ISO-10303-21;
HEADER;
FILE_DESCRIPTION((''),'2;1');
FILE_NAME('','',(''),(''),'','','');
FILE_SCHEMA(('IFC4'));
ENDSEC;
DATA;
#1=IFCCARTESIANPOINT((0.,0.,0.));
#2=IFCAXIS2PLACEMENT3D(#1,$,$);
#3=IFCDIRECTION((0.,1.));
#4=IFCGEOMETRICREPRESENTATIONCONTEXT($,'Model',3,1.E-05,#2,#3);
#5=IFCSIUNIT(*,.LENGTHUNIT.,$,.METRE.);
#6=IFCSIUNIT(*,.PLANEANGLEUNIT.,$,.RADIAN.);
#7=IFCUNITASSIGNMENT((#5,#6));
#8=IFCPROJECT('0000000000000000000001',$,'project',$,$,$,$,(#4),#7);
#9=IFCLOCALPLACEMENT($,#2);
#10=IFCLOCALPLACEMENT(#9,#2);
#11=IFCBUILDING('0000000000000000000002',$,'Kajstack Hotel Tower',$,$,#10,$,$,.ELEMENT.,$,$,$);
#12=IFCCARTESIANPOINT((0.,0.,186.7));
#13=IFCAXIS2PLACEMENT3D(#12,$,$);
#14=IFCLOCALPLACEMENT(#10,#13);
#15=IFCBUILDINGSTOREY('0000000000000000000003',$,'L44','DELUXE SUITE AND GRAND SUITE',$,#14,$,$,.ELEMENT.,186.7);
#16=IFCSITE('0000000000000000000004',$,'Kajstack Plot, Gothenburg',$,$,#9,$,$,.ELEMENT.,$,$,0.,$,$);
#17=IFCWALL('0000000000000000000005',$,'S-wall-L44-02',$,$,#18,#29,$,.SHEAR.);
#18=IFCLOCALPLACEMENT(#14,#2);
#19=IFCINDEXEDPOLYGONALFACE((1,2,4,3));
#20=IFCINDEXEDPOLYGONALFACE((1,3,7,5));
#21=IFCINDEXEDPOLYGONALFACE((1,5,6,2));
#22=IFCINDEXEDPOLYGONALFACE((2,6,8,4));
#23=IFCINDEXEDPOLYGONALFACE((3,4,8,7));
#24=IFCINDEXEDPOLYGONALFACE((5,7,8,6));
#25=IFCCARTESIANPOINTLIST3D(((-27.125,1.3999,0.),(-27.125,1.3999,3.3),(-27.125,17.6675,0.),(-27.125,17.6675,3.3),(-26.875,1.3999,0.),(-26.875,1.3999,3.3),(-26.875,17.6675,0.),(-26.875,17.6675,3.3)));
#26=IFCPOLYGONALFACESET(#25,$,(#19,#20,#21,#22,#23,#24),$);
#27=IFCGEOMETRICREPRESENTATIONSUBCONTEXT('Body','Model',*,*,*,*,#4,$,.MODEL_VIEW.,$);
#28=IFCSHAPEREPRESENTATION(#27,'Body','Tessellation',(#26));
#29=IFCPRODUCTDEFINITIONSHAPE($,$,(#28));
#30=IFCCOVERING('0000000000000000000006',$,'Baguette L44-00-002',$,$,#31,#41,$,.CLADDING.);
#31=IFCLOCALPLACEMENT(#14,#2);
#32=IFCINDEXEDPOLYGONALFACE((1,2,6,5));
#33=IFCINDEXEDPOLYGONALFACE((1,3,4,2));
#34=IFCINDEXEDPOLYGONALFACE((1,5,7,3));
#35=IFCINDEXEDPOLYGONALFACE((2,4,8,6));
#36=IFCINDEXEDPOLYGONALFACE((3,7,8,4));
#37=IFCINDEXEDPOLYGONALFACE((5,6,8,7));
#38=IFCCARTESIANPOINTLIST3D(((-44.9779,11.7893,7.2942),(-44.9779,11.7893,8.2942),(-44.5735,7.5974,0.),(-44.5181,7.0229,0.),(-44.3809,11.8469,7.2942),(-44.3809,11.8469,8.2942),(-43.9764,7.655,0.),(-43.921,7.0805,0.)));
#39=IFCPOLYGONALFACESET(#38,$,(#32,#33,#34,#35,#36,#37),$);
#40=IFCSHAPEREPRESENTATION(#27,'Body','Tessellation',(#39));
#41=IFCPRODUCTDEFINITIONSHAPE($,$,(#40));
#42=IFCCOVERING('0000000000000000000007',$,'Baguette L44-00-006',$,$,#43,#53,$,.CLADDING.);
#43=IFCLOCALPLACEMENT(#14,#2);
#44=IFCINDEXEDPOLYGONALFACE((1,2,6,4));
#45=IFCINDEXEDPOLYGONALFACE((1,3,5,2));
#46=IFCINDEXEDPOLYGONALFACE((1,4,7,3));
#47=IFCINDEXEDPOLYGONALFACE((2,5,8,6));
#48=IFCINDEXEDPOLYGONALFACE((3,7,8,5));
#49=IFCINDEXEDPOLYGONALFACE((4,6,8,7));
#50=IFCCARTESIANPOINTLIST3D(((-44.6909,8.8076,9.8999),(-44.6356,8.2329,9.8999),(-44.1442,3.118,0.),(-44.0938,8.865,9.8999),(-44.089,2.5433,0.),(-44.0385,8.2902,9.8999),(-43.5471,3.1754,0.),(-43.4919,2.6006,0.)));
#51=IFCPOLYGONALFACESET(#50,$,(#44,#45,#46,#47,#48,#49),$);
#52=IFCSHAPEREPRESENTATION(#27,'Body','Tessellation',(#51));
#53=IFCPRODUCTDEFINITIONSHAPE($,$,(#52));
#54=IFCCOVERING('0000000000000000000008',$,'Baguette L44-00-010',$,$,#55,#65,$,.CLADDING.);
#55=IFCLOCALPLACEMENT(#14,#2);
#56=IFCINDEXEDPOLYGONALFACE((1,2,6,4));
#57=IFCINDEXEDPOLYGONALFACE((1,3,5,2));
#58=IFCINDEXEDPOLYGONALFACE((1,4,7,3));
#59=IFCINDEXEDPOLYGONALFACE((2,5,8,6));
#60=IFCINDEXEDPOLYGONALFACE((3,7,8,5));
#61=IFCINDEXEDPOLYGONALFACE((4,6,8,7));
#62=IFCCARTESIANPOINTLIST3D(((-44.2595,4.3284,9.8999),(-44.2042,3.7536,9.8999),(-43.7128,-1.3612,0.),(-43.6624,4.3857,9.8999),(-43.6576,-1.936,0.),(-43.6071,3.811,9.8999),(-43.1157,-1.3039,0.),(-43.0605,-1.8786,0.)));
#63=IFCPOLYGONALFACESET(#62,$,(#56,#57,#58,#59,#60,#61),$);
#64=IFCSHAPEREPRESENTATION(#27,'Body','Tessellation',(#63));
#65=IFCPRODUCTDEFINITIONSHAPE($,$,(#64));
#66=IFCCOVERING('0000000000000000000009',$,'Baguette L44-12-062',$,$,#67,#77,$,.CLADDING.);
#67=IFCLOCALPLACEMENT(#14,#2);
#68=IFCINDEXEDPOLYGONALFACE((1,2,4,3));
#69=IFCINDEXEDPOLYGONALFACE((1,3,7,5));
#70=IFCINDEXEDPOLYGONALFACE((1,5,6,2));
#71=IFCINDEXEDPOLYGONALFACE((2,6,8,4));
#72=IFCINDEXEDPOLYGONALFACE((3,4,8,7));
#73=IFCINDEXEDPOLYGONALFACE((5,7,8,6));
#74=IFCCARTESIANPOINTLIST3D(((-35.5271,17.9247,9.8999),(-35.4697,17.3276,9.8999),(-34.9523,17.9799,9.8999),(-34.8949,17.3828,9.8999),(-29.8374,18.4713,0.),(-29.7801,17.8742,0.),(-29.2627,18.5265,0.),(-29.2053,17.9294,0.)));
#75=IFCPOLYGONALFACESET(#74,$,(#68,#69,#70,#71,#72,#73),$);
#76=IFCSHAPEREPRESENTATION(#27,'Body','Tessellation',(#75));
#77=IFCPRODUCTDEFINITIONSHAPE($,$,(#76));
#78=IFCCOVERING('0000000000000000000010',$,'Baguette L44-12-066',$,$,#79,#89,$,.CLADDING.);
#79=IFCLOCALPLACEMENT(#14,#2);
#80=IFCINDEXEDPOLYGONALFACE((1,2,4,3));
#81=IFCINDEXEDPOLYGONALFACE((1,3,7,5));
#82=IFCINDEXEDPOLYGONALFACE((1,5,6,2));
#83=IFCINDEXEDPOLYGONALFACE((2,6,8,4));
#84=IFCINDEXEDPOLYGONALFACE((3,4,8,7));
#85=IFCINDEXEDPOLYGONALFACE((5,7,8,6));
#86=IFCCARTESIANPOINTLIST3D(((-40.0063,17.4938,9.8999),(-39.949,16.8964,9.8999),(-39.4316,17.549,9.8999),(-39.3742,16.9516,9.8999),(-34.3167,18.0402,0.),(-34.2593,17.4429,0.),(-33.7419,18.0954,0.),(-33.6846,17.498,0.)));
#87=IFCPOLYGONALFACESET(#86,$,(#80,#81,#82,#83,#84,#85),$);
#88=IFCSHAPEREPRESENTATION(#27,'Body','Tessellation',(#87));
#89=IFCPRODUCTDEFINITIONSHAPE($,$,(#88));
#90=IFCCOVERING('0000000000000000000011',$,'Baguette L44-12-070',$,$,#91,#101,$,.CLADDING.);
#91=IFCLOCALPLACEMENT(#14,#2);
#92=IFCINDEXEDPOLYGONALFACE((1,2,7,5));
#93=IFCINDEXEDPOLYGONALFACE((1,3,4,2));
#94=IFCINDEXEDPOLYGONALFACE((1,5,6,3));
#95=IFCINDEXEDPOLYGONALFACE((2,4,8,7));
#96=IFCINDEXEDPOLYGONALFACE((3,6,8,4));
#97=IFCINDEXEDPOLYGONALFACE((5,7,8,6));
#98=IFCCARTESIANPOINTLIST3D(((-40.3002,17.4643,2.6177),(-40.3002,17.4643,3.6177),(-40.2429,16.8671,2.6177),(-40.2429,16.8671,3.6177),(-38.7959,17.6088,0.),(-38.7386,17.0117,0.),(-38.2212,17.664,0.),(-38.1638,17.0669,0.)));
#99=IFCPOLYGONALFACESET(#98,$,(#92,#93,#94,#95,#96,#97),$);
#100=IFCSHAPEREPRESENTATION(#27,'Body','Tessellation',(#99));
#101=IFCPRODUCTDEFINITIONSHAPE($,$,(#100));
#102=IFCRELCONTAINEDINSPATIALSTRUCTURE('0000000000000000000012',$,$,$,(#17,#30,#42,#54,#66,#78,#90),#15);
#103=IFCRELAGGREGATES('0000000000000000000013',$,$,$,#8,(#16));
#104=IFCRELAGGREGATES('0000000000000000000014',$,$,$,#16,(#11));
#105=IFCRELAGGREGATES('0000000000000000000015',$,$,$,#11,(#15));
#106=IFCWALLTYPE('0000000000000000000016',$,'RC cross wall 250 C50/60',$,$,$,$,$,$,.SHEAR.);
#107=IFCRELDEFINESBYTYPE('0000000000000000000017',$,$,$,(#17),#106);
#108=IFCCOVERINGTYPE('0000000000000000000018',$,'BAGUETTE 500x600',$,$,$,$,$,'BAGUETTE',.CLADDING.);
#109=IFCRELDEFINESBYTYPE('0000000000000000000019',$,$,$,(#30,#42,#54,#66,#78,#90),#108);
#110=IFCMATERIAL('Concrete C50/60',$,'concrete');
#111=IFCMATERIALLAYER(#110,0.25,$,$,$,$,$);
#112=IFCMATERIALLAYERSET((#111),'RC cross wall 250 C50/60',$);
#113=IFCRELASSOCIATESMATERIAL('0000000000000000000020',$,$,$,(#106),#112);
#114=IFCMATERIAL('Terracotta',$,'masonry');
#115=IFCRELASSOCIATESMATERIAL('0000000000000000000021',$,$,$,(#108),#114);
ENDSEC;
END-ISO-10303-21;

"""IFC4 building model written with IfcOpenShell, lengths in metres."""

from ifc_helpers import new_model, si_unit, direction, frame, frame_2d, origin, origin_2d, place, context, subcontext, project, spatial, polyline, rectangle, outline, extrude, material, layer, layer_set, material_profile, profile_set, type_object, element, save


model = new_model("IFC4")

# Units and contexts
model_context = context("Model", 3, precision=1e-05, world=origin(), true_north=direction((0.0, 1.0)))
body_context = subcontext(model_context, "Body", "Model", "MODEL_VIEW")
ifc_project = project(units=[si_unit("LENGTHUNIT", "METRE"), si_unit("PLANEANGLEUNIT", "RADIAN")], contexts=[model_context])

# Site, building, storey
site_placement = place(None, origin())
site = spatial("IfcSite", under=ifc_project, at=site_placement, Name="Kajstack Plot, Gothenburg", CompositionType="ELEMENT", RefElevation=0.0)
building_placement = place(site_placement, origin())
building = spatial("IfcBuilding", under=site, at=building_placement, Name="Kajstack Hotel Tower", CompositionType="ELEMENT")
storey_placement = place(building_placement, frame((0.0, 0.0, 186.7)))
storey = spatial("IfcBuildingStorey", under=building, at=storey_placement, Name="L44", Description="DELUXE SUITE AND GRAND SUITE", CompositionType="ELEMENT", Elevation=186.7)

# Wall
ifc_material_1 = material(Name="Concrete C50/60", Category="concrete")
ifc_layer_1 = layer(ifc_material_1, 0.25)
ifc_layer_set_1 = layer_set([ifc_layer_1], Name="RC cross wall 250 C50/60")
wall_type_1 = type_object("IfcWallType", Name="RC cross wall 250 C50/60", PredefinedType="SHEAR", material=ifc_layer_set_1)
wall_1_placement = place(storey_placement, frame((-27.0, 1.3999, 0.0), z_axis=(0.0, 0.0, 1.0), x_axis=(0.0, 1.0, 0.0)))
element("IfcWall", 1, at=wall_1_placement, inside=storey, type_object=wall_type_1, Name="S-wall-L44-02", PredefinedType="SHEAR", context=body_context, shape_type="SweptSolid", body=[
    extrude(rectangle(XDim=16.2676, YDim=0.25, at=frame_2d((8.1338, 0.0))), origin(), (0.0, 0.0, 1.0), 3.3),
])

# Coverings
ifc_material_2 = material(Name="Terracotta", Category="masonry")
ifc_material_profile = material_profile(ifc_material_2, rectangle(XDim=0.6001, YDim=0.5, at=origin_2d()), Name="Terracotta-clad concrete baguette 500 x 600")
ifc_profile_set = profile_set([ifc_material_profile], Name="Terracotta")
covering_type = type_object("IfcCoveringType", Name="BAGUETTE 500x600", ElementType="BAGUETTE", PredefinedType="CLADDING", material=ifc_profile_set)
covering_1_placement = place(storey_placement, frame((-44.3809, 11.8469, 0.0), z_axis=(-0.995378, -0.096038, 0.0), x_axis=(0.096038, -0.995378, 0.0)))
element("IfcCovering", 2, at=covering_1_placement, inside=storey, type_object=covering_type, Name="Baguette L44-00-002", PredefinedType="CLADDING", context=body_context, shape_type="SweptSolid", body=[
    extrude(outline(polyline([(4.7886, 0.0), (0.0, 8.2942), (0.0, 7.2942), (4.2114, 0.0), (4.7886, 0.0)])), origin(), (0.0, 0.0, 1.0), 0.5999),
])
for number, where, z_axis, x_axis, name in (
    (3, (-44.0938, 8.865, 0.0), (-0.995416, -0.095635, 0.0), (0.095635, -0.995416, 0.0), "Baguette L44-00-006"),
    (4, (-43.6624, 4.3857, 0.0), (-0.995416, -0.095635, 0.0), (0.095635, -0.995416, 0.0), "Baguette L44-00-010"),
):
    element("IfcCovering", number, at=place(storey_placement, frame(where, z_axis=z_axis, x_axis=x_axis)), inside=storey, type_object=covering_type, Name=name, PredefinedType="CLADDING", context=body_context, shape_type="SweptSolid", body=[
        extrude(outline(polyline([(0.0, 9.8999), (5.7158, 0.0), (6.2932, 0.0), (0.5774, 9.8999), (0.0, 9.8999)])), origin(), (0.0, 0.0, 1.0), 0.5999),
    ])
covering_2_placement = place(storey_placement, frame((-29.2053, 17.9294, 0.0), z_axis=(-0.095635, 0.995416, 0.0), x_axis=(-0.995416, -0.095635, 0.0)))
element("IfcCovering", 5, at=covering_2_placement, inside=storey, type_object=covering_type, Name="Baguette L44-12-062", PredefinedType="CLADDING", context=body_context, shape_type="SweptSolid", body=[
    extrude(outline(polyline([(5.7158, 9.8999), (0.0, 0.0), (0.5774, 0.0), (6.2932, 9.8999), (5.7158, 9.8999)])), origin(), (0.0, 0.0, 1.0), 0.5999),
])
covering_3_placement = place(storey_placement, frame((-33.6846, 17.498, 0.0), z_axis=(-0.095596, 0.99542, 0.0), x_axis=(-0.99542, -0.095596, 0.0)))
element("IfcCovering", 6, at=covering_3_placement, inside=storey, type_object=covering_type, Name="Baguette L44-12-066", PredefinedType="CLADDING", context=body_context, shape_type="SweptSolid", body=[
    extrude(outline(polyline([(5.7158, 9.8999), (0.0, 0.0), (0.5774, 0.0), (6.2932, 9.8999), (5.7158, 9.8999)])), origin(), (0.0, 0.0, 1.0), 0.6001),
])
covering_4_placement = place(storey_placement, frame((-38.1638, 17.0669, 0.0), z_axis=(-0.095635, 0.995416, 0.0), x_axis=(-0.995416, -0.095635, 0.0)))
element("IfcCovering", 7, at=covering_4_placement, inside=storey, type_object=covering_type, Name="Baguette L44-12-070", PredefinedType="CLADDING", context=body_context, shape_type="SweptSolid", body=[
    extrude(outline(polyline([(0.5774, 0.0), (2.0886, 2.6177), (2.0886, 3.6177), (0.0, 0.0), (0.5774, 0.0)])), origin(), (0.0, 0.0, 1.0), 0.5999),
])

save(model, "model.ifc")
